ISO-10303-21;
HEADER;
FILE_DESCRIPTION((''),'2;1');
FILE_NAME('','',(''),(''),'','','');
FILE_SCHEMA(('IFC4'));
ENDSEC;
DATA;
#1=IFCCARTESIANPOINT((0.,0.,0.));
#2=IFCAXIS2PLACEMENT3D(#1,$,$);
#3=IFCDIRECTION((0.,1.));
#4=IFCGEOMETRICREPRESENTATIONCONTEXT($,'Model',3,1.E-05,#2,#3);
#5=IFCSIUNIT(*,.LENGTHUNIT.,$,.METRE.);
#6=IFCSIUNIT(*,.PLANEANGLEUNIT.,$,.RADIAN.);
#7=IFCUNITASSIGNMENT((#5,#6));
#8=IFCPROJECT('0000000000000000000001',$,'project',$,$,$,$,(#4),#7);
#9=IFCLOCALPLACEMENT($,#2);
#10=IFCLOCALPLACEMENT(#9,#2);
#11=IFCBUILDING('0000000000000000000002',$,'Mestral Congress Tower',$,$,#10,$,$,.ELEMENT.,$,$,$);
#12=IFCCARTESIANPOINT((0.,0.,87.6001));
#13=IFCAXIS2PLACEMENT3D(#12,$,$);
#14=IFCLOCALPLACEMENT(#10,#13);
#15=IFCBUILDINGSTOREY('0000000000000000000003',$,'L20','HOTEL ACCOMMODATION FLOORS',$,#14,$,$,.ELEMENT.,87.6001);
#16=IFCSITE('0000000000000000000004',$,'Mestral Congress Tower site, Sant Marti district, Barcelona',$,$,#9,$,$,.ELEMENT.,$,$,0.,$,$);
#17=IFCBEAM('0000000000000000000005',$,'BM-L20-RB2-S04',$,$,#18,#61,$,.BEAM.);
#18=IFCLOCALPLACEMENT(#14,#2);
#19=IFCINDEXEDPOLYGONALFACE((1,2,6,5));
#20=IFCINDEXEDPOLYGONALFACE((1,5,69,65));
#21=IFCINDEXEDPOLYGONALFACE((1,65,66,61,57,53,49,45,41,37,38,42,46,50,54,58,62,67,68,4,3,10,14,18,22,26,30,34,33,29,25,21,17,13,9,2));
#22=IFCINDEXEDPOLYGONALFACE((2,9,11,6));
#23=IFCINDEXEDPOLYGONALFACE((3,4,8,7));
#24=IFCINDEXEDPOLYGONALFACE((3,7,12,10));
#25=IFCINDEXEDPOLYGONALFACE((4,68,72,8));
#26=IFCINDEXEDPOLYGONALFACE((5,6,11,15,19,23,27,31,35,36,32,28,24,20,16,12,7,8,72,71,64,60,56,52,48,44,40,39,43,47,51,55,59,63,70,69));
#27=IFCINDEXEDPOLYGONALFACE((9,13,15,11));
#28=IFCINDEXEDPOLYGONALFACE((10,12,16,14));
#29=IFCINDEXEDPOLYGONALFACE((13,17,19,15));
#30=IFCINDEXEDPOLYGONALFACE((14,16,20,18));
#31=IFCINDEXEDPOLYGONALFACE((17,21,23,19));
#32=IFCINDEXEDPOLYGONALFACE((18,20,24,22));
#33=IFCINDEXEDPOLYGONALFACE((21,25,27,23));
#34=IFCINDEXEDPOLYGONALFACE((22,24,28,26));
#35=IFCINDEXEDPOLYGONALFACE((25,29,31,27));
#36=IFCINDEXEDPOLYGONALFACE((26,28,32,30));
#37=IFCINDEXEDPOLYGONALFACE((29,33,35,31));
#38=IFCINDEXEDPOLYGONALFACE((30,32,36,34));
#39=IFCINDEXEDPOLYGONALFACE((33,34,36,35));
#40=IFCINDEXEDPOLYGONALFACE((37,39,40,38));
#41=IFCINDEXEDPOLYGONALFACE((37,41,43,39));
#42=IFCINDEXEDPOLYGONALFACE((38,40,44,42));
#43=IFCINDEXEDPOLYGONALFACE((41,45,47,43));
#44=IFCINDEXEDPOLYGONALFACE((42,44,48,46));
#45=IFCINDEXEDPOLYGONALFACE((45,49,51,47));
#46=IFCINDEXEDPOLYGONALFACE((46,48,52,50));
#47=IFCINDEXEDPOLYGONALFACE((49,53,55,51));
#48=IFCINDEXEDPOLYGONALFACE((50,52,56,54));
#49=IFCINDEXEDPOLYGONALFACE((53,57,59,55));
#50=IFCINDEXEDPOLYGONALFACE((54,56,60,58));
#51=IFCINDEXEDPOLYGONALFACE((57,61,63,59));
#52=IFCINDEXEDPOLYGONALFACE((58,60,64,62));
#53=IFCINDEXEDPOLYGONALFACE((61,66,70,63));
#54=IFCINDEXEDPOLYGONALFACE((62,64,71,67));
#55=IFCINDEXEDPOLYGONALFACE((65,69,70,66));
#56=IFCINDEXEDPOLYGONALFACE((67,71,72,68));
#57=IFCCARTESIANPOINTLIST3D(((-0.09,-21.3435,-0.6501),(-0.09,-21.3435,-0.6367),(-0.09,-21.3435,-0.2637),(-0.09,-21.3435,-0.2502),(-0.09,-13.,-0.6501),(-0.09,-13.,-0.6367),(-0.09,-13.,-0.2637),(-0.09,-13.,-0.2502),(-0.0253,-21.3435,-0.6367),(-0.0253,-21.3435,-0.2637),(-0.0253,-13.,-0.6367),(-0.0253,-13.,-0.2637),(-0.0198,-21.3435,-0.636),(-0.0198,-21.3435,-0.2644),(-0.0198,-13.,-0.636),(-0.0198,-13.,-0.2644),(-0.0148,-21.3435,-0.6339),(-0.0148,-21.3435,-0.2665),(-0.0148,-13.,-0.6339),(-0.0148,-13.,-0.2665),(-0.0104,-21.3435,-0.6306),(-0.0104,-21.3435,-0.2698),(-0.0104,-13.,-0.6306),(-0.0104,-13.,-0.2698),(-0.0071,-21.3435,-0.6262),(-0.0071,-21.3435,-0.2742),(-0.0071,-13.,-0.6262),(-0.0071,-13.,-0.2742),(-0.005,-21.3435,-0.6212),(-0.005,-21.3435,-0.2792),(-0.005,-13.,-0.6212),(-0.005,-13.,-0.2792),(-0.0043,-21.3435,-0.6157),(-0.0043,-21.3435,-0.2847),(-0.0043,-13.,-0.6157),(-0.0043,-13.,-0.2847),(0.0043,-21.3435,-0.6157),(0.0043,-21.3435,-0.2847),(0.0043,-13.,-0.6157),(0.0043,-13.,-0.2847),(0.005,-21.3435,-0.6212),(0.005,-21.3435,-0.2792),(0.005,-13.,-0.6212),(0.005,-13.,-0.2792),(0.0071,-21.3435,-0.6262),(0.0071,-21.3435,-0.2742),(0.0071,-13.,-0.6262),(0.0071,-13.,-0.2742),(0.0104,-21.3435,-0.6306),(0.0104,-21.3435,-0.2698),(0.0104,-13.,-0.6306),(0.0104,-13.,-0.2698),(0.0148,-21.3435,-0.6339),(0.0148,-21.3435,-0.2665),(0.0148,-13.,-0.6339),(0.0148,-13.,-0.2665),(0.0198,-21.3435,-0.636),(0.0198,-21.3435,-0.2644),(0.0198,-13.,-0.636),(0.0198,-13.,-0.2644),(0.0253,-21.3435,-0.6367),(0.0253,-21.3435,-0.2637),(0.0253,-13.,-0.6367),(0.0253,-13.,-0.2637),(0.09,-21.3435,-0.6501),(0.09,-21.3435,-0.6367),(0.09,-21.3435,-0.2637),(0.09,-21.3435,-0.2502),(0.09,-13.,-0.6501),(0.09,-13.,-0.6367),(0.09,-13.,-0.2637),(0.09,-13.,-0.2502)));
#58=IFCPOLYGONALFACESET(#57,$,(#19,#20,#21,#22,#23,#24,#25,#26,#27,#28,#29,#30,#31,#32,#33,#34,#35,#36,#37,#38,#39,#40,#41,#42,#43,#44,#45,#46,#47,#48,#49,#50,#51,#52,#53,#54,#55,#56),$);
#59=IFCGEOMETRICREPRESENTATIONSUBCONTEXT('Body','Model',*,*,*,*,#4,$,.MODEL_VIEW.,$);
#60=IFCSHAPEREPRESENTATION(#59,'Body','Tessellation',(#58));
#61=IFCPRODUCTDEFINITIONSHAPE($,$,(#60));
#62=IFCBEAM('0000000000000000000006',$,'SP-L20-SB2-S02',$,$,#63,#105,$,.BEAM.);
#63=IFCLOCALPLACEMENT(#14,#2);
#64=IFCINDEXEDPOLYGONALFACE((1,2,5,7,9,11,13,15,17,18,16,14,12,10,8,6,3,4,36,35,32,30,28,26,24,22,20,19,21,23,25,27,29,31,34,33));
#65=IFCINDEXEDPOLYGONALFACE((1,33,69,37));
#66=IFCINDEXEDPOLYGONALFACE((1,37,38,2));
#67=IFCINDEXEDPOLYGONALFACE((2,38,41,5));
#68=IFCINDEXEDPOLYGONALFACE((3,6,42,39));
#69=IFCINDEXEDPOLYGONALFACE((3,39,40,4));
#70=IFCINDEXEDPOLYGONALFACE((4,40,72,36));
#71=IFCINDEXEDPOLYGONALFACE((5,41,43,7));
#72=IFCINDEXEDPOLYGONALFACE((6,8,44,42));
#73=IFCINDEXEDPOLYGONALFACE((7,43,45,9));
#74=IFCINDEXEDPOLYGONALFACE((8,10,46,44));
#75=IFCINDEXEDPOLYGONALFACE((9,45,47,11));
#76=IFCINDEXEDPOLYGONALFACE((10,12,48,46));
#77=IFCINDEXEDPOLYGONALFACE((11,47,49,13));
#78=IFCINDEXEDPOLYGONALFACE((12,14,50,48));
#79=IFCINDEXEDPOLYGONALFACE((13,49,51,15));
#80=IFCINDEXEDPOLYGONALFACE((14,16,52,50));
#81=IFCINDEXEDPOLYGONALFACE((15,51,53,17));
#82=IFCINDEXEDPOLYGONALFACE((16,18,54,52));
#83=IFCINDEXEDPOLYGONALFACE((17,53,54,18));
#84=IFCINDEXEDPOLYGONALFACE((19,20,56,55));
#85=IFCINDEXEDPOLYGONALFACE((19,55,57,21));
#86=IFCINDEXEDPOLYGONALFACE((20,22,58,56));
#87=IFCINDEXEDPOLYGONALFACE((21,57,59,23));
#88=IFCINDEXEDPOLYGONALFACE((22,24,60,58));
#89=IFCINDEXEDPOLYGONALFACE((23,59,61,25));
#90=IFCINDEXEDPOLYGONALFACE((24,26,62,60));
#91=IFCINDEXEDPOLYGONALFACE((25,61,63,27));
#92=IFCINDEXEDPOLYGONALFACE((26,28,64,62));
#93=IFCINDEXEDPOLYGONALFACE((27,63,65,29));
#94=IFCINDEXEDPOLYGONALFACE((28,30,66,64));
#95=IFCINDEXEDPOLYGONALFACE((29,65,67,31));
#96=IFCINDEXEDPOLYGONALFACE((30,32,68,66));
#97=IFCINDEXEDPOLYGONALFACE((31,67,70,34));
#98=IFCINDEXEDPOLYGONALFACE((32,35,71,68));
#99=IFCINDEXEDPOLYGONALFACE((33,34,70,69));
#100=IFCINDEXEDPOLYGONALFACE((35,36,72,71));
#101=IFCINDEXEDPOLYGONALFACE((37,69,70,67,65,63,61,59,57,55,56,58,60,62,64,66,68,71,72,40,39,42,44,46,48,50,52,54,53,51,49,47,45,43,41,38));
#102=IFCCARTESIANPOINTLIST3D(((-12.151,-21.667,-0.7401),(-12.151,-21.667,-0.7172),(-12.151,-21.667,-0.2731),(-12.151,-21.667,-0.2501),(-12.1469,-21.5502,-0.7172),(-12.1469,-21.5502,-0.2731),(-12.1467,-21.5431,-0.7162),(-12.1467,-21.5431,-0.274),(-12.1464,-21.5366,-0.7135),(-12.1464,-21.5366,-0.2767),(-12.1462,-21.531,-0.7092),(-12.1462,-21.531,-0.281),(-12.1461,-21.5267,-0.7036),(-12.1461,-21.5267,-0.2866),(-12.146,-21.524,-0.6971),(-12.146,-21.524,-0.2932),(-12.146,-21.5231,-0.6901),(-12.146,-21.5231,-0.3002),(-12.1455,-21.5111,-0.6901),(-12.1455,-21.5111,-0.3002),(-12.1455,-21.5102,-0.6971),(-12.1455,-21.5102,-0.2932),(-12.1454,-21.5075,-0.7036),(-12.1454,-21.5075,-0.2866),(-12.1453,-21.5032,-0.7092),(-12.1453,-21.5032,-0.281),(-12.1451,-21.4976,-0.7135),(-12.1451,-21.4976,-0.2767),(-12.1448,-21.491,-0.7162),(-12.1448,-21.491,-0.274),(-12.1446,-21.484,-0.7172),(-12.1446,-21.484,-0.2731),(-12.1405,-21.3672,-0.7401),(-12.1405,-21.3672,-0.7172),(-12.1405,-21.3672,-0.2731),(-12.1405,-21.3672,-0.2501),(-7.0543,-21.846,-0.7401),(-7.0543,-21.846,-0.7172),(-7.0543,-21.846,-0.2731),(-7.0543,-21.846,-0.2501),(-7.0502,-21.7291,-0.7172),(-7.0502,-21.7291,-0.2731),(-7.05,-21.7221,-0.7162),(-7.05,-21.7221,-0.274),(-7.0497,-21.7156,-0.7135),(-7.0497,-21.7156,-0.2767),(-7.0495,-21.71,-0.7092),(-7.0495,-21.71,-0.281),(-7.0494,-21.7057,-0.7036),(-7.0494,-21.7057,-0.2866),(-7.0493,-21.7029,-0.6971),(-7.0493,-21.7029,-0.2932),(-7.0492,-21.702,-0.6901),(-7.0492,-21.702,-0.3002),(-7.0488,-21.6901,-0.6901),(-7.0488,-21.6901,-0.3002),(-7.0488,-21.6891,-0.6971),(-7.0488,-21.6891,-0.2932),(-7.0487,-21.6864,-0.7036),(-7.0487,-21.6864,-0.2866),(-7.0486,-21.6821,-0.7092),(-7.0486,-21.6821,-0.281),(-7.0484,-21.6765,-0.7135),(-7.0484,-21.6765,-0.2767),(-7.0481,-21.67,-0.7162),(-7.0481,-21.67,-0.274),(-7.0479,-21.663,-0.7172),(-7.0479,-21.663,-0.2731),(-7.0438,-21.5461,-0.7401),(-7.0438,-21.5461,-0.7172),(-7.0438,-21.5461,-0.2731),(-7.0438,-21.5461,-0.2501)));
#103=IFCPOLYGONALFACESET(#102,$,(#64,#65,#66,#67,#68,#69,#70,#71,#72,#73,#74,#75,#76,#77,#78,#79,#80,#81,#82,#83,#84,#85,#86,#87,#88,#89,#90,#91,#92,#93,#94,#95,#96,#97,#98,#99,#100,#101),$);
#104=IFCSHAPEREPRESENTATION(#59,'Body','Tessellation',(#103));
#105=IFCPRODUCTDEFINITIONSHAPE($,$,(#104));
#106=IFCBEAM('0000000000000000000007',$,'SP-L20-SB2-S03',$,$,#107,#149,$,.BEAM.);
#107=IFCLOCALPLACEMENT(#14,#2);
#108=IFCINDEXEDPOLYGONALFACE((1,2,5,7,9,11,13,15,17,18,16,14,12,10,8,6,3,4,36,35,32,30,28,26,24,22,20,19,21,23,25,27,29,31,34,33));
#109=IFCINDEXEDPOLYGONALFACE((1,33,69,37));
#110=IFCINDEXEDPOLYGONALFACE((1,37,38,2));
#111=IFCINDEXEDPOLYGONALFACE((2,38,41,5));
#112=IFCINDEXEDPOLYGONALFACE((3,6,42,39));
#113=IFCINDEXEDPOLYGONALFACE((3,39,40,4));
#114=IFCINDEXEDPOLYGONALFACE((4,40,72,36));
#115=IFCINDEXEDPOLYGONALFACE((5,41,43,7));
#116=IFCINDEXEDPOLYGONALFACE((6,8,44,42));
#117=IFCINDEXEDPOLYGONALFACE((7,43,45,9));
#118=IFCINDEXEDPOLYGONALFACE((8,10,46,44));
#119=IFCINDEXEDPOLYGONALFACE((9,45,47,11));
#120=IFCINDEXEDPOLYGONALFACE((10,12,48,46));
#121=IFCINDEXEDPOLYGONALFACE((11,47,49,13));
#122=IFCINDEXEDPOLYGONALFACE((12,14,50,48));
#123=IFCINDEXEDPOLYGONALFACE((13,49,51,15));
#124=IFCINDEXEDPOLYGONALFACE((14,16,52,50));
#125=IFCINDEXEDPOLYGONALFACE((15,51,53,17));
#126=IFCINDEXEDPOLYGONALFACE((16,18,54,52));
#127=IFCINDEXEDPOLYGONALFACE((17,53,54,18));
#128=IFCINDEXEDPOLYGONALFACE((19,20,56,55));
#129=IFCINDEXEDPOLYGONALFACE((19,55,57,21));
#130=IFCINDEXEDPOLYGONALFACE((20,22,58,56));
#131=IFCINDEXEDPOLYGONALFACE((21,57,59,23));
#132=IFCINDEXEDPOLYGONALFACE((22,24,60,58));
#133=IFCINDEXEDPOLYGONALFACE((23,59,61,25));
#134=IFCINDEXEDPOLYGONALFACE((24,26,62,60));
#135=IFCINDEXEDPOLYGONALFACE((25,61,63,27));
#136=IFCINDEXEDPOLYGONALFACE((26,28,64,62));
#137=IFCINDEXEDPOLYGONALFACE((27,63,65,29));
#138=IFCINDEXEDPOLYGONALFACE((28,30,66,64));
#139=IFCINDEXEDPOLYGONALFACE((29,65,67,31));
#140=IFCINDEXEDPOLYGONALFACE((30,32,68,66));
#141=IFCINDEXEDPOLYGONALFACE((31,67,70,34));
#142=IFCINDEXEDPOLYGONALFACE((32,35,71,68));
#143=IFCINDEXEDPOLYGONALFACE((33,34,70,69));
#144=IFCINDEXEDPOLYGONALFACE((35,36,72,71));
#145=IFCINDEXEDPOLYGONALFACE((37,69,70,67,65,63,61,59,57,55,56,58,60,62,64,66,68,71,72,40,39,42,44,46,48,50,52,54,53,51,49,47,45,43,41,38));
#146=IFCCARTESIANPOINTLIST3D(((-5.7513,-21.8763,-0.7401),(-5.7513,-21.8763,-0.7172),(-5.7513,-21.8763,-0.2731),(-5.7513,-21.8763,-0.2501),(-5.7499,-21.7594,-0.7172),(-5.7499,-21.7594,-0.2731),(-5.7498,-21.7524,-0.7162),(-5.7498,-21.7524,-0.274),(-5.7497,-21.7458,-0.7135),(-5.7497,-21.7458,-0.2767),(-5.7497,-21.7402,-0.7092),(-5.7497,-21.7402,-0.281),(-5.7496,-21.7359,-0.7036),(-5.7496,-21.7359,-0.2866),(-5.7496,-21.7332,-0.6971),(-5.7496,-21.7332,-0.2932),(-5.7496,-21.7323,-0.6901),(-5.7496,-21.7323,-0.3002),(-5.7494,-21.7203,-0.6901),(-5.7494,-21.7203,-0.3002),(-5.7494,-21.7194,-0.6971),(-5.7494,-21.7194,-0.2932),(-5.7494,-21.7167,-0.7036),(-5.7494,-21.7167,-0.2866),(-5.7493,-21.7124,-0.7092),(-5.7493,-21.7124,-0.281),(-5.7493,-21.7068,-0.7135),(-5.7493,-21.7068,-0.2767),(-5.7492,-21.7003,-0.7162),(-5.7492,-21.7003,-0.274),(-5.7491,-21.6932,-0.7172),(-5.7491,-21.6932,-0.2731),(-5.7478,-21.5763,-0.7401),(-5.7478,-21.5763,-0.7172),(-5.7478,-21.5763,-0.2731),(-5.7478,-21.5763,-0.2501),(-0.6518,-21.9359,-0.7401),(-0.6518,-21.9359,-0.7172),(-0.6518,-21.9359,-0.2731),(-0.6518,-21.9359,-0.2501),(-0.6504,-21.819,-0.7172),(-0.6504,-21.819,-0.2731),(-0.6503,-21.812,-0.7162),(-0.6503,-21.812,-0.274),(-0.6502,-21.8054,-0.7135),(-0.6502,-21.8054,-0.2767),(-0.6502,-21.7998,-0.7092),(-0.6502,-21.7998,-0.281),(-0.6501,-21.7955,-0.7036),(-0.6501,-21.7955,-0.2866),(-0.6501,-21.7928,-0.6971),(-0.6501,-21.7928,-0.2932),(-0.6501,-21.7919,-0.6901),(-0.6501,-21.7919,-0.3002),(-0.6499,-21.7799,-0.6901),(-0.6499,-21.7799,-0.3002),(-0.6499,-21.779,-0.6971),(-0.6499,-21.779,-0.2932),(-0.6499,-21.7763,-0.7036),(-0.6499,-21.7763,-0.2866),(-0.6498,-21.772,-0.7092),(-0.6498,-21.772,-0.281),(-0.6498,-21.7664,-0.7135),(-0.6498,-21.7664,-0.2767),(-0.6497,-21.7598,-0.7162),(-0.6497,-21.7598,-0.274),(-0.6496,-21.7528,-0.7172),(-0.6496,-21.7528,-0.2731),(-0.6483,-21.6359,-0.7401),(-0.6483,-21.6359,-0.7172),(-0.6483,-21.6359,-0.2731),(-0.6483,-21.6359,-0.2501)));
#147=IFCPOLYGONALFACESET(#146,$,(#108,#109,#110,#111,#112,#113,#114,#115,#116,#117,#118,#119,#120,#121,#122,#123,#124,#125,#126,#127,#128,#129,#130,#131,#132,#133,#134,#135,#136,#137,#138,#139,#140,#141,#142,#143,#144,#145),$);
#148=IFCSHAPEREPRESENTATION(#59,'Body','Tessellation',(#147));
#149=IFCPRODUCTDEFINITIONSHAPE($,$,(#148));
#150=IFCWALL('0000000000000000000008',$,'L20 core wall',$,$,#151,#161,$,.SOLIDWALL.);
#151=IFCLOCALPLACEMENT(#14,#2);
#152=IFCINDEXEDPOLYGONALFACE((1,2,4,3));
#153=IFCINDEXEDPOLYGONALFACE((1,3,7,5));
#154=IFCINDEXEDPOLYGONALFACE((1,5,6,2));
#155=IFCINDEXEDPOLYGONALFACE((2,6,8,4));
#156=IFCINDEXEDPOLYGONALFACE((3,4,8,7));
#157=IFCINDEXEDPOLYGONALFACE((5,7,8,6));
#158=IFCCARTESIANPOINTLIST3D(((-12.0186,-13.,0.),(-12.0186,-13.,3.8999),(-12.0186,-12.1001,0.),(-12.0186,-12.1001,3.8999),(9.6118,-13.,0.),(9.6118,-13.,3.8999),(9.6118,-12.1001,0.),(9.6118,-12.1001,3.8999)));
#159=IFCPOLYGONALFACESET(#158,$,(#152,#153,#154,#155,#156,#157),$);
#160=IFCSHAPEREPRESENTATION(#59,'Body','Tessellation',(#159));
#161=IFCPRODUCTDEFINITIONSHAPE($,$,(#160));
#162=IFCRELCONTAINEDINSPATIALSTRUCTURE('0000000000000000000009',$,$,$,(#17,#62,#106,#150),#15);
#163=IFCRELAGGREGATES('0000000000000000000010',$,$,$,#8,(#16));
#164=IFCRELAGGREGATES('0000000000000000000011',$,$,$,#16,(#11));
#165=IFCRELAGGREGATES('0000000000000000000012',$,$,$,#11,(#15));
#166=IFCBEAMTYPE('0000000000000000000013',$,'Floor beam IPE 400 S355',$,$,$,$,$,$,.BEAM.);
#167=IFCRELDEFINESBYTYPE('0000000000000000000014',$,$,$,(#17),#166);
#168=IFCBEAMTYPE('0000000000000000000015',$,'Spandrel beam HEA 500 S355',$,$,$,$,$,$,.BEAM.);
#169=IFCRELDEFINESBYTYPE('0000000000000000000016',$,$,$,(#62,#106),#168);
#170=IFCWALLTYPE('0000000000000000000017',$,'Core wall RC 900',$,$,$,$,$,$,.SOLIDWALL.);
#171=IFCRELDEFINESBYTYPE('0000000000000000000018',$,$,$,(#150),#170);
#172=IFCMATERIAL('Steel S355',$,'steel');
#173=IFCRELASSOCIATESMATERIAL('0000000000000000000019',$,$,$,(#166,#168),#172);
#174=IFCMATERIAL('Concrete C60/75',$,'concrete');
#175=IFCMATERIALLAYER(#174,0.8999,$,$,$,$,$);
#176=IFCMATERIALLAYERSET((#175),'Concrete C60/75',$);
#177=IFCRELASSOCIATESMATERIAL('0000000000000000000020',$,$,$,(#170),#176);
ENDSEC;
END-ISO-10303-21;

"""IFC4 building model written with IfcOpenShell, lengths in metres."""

from ifc_helpers import new_model, si_unit, direction, frame, frame_2d, origin, origin_2d, place, context, subcontext, project, spatial, rectangle, i_section, extrude, material, layer, layer_set, material_profile, profile_set, type_object, element, save


model = new_model("IFC4")

# Units and contexts
model_context = context("Model", 3, precision=1e-05, world=origin(), true_north=direction((0.0, 1.0)))
body_context = subcontext(model_context, "Body", "Model", "MODEL_VIEW")
ifc_project = project(units=[si_unit("LENGTHUNIT", "METRE"), si_unit("PLANEANGLEUNIT", "RADIAN")], contexts=[model_context])

# Site, building, storey
site_placement = place(None, origin())
site = spatial("IfcSite", under=ifc_project, at=site_placement, Name="Mestral Congress Tower site, Sant Marti district, Barcelona", CompositionType="ELEMENT", RefElevation=0.0)
building_placement = place(site_placement, origin())
building = spatial("IfcBuilding", under=site, at=building_placement, Name="Mestral Congress Tower", CompositionType="ELEMENT")
storey_placement = place(building_placement, frame((0.0, 0.0, 87.6001)))
storey = spatial("IfcBuildingStorey", under=building, at=storey_placement, Name="L20", Description="HOTEL ACCOMMODATION FLOORS", CompositionType="ELEMENT", Elevation=87.6001)

# Beams
ifc_material_1 = material(Name="Steel S355", Category="steel")
ifc_material_profile_1 = material_profile(ifc_material_1, i_section(OverallWidth=0.1799, OverallDepth=0.3999, WebThickness=0.0085, FlangeThickness=0.0134, FilletRadius=0.021, at=origin_2d()), Name="IPE 400")
ifc_profile_set_1 = profile_set([ifc_material_profile_1], Name="Steel S355")
beam_type_1 = type_object("IfcBeamType", Name="Floor beam IPE 400 S355", PredefinedType="BEAM", material=ifc_profile_set_1)
beam_1_placement = place(storey_placement, frame((0.0, -21.3435, -0.4502), z_axis=(0.0, 1.0, 0.0), x_axis=(-1.0, 0.0, 0.0)))
element("IfcBeam", 1, at=beam_1_placement, inside=storey, type_object=beam_type_1, Name="BM-L20-RB2-S04", PredefinedType="BEAM", context=body_context, shape_type="SweptSolid", body=[
    extrude(i_section(OverallWidth=0.1799, OverallDepth=0.3999, WebThickness=0.0085, FlangeThickness=0.0134, FilletRadius=0.021, at=origin_2d()), origin(), (0.0, 0.0, 1.0), 8.3435),
])
ifc_material_profile_2 = material_profile(ifc_material_1, i_section(OverallWidth=0.3, OverallDepth=0.49, WebThickness=0.012, FlangeThickness=0.0229, FilletRadius=0.0271, at=origin_2d()), Name="HEA 500")
ifc_profile_set_2 = profile_set([ifc_material_profile_2], Name="Steel S355")
beam_type_2 = type_object("IfcBeamType", Name="Spandrel beam HEA 500 S355", PredefinedType="BEAM", material=ifc_profile_set_2)
for number, where, z_axis, x_axis, name in (
    (2, (-12.1458, -21.5171, -0.4951), (0.999384, -0.03509, 0.0), (0.03509, 0.999384, 0.0), "SP-L20-SB2-S02"),
    (3, (-5.7495, -21.7263, -0.4951), (0.999932, -0.011681, 0.0), (0.011681, 0.999932, 0.0), "SP-L20-SB2-S03"),
):
    element("IfcBeam", number, at=place(storey_placement, frame(where, z_axis=z_axis, x_axis=x_axis)), inside=storey, type_object=beam_type_2, Name=name, PredefinedType="BEAM", context=body_context, shape_type="SweptSolid", body=[
        extrude(i_section(OverallWidth=0.3, OverallDepth=0.49, WebThickness=0.012, FlangeThickness=0.0229, FilletRadius=0.0271, at=origin_2d()), origin(), (0.0, 0.0, 1.0), 5.0999),
    ])

# Wall
ifc_material_2 = material(Name="Concrete C60/75", Category="concrete")
ifc_layer_1 = layer(ifc_material_2, 0.8999)
ifc_layer_set_1 = layer_set([ifc_layer_1], Name="Concrete C60/75")
wall_type_1 = type_object("IfcWallType", Name="Core wall RC 900", PredefinedType="SOLIDWALL", material=ifc_layer_set_1)
wall_1_placement = place(storey_placement, frame((-12.0186, -12.55, 0.0), z_axis=(0.0, 0.0, 1.0), x_axis=(1.0, 0.0, 0.0)))
element("IfcWall", 4, at=wall_1_placement, inside=storey, type_object=wall_type_1, Name="L20 core wall", PredefinedType="SOLIDWALL", context=body_context, shape_type="SweptSolid", body=[
    extrude(rectangle(XDim=21.6304, YDim=0.8999, at=frame_2d((10.8152, 0.0))), origin(), (0.0, 0.0, 1.0), 3.8999),
])

save(model, "model.ifc")
